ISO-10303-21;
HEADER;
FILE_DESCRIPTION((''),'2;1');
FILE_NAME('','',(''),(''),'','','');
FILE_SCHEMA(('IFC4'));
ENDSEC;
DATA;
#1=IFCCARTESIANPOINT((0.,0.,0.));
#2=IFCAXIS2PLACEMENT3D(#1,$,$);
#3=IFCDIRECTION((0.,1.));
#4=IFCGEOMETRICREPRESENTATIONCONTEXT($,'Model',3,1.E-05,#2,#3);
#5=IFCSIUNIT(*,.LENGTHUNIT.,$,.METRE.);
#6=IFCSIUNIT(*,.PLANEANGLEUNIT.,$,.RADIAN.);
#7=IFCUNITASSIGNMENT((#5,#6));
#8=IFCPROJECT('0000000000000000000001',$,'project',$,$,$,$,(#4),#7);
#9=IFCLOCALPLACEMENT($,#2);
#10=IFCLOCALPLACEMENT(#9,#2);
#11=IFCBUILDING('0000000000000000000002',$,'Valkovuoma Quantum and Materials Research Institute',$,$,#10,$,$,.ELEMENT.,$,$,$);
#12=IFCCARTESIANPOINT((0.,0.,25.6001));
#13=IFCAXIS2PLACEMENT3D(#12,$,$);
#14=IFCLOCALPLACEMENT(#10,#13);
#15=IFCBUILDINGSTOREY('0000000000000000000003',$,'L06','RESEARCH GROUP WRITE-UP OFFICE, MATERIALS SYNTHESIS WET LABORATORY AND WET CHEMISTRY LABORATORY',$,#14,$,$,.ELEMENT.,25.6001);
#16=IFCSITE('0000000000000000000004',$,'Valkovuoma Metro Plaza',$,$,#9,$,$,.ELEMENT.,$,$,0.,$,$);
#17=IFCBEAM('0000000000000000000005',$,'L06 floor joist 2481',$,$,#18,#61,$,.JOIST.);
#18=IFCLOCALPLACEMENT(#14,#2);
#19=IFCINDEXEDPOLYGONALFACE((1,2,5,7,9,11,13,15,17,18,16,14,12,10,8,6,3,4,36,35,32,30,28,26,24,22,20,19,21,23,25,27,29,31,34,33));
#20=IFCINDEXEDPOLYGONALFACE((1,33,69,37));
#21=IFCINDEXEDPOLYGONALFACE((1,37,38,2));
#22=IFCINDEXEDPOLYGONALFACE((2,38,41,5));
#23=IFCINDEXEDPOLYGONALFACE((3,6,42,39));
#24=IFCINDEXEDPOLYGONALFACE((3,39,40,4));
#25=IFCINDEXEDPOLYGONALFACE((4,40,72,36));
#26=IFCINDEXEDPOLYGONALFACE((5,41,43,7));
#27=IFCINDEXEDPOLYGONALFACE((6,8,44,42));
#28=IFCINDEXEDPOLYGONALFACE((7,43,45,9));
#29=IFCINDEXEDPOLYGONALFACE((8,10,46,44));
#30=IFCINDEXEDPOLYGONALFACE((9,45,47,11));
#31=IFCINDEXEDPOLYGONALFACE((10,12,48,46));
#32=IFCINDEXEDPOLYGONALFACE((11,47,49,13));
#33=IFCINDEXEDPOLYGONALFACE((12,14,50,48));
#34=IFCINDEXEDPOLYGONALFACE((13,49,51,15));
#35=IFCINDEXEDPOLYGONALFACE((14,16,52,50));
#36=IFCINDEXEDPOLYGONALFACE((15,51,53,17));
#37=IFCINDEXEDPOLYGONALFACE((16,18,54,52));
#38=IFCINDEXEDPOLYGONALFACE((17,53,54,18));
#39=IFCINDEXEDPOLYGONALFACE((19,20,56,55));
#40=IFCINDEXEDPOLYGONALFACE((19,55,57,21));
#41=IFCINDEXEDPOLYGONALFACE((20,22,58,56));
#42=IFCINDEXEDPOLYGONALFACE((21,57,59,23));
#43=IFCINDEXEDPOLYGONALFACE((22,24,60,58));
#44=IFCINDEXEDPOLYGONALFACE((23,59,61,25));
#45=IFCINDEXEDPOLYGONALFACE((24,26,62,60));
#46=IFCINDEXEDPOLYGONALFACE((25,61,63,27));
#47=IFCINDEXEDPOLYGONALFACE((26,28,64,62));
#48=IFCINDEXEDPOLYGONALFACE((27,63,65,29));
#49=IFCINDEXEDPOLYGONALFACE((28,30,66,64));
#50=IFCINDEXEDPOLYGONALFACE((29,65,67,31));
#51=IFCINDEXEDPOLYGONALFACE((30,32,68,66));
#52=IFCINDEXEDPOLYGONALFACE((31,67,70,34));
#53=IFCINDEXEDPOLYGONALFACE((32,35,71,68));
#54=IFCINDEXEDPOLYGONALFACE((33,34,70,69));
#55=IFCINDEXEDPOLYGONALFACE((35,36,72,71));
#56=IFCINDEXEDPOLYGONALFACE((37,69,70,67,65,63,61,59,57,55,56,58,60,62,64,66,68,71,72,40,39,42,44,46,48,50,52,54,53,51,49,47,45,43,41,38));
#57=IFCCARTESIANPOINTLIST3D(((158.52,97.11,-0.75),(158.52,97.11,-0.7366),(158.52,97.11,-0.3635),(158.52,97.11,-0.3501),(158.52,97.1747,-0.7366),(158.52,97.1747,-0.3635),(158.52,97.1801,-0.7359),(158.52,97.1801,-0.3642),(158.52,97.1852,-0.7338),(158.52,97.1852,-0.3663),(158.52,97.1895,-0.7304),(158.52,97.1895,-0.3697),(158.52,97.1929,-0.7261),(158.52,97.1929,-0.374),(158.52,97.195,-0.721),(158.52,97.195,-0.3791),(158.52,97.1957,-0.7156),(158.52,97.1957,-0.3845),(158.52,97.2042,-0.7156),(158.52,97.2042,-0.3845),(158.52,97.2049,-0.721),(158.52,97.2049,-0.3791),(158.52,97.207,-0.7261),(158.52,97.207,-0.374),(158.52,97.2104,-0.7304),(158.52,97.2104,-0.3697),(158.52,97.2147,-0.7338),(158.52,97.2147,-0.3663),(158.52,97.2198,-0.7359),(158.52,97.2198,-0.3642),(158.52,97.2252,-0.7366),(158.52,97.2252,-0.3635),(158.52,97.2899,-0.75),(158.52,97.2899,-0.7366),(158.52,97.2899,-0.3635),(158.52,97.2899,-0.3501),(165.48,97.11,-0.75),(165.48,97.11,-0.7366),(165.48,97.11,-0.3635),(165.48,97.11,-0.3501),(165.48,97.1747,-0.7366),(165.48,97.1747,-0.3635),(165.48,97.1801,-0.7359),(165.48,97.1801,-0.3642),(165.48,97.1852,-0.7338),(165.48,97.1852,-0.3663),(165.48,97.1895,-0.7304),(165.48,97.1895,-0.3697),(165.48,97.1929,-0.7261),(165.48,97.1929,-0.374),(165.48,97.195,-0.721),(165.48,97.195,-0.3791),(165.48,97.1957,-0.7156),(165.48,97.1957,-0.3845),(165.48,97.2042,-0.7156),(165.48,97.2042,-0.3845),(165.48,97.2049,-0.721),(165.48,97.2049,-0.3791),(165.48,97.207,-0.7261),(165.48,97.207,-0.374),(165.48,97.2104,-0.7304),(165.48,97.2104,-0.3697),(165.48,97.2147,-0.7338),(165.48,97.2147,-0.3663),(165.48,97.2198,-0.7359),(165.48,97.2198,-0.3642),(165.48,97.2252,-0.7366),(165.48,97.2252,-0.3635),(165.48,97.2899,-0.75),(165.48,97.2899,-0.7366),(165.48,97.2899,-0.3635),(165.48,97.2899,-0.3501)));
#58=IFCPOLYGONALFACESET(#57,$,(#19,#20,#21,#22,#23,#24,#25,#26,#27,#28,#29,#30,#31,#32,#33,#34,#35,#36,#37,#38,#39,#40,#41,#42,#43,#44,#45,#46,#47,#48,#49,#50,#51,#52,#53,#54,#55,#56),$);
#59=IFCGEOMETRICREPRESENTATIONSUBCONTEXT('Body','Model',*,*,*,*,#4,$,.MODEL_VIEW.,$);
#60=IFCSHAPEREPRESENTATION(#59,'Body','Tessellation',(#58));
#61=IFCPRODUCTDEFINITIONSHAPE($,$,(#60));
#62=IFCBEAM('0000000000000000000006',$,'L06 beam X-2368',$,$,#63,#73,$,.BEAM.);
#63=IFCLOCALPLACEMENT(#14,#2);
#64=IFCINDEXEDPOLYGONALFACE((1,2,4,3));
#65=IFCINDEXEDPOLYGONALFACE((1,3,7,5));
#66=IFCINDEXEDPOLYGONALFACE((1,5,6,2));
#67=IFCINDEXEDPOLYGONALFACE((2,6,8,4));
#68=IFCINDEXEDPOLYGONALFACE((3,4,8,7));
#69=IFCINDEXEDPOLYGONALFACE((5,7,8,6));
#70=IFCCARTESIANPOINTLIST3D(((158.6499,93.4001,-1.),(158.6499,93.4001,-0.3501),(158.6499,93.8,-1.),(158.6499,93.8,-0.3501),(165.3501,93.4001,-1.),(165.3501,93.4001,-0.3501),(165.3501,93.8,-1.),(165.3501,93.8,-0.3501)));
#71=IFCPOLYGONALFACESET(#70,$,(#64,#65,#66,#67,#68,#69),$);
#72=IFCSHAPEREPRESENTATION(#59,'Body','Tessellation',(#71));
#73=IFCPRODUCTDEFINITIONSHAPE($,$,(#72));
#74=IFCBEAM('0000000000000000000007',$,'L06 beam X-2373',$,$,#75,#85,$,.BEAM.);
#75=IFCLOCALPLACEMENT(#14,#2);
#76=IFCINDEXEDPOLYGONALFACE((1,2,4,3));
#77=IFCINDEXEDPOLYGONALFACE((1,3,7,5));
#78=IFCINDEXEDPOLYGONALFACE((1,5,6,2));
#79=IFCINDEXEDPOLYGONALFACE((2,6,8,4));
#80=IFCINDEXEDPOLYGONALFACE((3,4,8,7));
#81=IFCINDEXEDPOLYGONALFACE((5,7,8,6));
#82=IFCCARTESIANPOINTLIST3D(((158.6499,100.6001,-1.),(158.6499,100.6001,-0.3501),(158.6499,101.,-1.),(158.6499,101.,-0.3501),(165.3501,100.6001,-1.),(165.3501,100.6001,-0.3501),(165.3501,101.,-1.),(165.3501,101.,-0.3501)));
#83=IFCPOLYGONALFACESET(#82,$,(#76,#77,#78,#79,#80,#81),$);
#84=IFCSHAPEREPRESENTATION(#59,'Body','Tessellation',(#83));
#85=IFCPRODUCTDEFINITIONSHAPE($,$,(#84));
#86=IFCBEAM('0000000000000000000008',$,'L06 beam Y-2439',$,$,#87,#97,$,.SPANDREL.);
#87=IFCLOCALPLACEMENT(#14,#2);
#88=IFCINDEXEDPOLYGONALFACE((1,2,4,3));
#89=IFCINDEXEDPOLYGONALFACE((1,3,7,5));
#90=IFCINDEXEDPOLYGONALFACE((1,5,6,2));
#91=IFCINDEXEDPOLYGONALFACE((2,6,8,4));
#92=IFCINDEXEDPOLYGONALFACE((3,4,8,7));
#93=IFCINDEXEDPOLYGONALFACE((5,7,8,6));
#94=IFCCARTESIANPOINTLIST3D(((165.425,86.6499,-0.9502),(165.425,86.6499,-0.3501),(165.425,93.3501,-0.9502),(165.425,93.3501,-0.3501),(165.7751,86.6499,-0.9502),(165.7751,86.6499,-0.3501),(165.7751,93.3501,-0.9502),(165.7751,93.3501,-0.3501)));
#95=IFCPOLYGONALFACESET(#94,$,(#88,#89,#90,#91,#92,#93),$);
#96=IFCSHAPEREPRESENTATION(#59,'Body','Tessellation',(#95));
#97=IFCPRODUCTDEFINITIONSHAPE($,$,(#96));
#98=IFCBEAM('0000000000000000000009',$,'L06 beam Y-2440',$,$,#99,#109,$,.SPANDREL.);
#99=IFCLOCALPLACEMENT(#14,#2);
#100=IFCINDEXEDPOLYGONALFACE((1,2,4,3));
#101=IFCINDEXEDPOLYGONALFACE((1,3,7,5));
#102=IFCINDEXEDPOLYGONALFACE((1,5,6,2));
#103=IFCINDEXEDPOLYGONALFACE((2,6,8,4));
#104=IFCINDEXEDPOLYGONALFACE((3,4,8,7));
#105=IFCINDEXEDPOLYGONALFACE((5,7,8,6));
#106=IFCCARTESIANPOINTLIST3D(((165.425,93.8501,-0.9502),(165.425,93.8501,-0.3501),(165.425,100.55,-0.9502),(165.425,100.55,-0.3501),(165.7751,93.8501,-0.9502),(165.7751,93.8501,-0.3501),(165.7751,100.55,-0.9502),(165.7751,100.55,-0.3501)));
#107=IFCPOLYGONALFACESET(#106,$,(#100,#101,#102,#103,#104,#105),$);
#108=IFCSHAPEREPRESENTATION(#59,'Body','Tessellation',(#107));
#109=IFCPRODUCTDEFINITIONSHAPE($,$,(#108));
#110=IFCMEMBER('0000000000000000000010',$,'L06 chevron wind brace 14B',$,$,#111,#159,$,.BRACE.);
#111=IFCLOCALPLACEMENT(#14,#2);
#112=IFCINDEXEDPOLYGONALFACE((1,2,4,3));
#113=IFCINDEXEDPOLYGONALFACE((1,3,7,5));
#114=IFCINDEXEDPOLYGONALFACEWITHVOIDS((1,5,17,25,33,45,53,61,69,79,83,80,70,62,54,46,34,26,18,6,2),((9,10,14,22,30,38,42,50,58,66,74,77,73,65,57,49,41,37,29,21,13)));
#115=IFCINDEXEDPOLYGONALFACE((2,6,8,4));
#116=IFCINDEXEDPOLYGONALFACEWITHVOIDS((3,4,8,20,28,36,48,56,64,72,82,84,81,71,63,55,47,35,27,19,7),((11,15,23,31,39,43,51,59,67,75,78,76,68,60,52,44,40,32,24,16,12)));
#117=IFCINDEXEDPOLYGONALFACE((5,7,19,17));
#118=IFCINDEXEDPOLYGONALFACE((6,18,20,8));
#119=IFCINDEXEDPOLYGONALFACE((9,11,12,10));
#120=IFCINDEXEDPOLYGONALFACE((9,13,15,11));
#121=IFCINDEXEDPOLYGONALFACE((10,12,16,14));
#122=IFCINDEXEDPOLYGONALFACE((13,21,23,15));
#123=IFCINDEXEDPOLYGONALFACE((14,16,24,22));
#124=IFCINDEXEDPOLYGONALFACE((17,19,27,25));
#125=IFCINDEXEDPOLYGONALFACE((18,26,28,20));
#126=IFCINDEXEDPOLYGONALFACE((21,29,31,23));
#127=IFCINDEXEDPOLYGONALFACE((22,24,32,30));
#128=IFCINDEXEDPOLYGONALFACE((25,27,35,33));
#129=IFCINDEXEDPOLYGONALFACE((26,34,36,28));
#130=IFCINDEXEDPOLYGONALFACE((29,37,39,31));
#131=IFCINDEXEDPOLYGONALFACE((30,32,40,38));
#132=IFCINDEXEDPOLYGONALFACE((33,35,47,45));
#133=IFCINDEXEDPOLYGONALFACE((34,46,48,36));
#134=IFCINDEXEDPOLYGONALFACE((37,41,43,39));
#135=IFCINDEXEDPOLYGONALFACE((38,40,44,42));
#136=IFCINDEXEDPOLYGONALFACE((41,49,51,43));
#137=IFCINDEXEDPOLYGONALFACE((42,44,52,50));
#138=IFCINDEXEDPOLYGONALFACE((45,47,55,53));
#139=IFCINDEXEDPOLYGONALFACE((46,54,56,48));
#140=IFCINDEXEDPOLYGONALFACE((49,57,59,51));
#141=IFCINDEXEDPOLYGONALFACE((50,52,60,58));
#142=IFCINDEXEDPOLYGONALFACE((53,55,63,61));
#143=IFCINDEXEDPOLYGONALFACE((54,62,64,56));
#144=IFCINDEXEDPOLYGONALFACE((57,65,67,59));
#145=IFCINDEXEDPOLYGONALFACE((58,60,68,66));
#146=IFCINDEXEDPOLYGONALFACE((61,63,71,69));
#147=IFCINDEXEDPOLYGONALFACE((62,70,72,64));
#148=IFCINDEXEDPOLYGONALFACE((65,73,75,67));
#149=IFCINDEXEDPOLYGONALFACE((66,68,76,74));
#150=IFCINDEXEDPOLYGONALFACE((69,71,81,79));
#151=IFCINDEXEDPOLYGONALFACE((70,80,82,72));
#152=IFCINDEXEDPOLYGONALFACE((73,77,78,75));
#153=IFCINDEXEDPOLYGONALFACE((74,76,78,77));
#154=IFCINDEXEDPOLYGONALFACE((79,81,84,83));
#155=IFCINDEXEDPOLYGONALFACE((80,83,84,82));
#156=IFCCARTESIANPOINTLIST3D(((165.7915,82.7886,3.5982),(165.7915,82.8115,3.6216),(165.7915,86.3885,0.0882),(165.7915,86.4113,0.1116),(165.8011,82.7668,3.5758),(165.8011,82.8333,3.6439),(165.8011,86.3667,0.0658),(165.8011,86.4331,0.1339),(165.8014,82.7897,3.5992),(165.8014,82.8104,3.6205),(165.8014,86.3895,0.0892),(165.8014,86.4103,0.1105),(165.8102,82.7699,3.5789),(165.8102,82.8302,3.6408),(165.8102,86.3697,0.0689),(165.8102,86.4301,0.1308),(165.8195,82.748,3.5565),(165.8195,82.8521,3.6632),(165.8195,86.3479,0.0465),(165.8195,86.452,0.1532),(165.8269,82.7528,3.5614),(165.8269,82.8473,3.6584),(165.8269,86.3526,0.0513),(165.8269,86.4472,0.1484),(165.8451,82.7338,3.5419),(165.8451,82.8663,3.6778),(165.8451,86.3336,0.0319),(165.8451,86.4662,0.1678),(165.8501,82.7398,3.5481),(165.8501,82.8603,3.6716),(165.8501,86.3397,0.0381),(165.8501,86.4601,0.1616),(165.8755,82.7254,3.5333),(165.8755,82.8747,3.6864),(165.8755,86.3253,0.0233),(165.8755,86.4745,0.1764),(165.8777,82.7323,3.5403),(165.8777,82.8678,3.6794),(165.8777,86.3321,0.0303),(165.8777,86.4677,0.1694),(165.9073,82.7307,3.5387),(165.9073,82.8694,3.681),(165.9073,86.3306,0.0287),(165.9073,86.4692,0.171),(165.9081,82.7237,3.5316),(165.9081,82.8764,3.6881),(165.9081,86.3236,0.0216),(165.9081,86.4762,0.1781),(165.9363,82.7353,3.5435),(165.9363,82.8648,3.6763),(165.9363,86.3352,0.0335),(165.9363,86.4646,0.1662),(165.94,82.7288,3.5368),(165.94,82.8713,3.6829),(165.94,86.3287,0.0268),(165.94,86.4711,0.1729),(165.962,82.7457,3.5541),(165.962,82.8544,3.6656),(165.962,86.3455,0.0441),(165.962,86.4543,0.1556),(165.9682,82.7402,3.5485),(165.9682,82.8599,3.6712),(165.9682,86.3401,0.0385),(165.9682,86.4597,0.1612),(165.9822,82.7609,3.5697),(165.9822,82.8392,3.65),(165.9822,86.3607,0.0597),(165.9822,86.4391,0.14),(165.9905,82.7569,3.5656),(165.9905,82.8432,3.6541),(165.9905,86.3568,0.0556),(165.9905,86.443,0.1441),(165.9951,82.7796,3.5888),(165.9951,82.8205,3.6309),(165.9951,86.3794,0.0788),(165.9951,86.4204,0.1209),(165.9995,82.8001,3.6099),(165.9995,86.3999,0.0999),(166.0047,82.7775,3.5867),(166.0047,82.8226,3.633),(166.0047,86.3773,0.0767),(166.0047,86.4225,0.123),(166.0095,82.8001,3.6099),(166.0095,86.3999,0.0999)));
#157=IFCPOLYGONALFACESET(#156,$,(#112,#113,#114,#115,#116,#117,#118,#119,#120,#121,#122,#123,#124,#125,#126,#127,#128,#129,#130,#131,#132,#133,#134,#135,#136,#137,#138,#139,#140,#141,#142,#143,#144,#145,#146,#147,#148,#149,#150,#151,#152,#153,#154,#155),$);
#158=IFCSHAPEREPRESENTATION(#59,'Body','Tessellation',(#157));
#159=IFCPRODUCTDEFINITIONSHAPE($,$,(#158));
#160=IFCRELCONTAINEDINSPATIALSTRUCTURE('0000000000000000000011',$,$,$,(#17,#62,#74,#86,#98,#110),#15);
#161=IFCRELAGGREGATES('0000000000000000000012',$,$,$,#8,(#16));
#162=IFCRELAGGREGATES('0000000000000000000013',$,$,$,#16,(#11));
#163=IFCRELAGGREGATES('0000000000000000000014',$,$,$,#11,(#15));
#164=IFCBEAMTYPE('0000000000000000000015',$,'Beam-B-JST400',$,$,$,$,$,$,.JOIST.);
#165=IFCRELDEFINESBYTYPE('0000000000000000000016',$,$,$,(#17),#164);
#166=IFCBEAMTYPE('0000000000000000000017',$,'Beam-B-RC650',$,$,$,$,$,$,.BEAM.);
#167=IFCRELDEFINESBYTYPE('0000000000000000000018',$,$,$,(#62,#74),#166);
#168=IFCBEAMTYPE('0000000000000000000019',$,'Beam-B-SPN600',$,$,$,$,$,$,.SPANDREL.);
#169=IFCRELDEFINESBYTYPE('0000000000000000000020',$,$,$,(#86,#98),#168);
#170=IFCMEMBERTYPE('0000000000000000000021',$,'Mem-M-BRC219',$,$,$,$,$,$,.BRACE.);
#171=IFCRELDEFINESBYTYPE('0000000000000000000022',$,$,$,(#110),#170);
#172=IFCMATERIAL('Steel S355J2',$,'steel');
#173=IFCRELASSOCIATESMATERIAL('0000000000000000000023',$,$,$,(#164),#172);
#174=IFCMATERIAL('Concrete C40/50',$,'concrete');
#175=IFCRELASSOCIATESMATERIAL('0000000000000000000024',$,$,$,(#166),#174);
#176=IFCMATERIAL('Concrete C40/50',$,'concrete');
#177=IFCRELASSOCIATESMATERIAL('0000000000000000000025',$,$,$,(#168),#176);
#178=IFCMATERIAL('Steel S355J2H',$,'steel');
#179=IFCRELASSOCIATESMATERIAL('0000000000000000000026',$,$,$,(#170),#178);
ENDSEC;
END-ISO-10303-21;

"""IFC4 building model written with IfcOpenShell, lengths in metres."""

from ifc_helpers import new_model, si_unit, direction, frame, origin, origin_2d, place, context, subcontext, project, spatial, rectangle, hollow_circle, i_section, extrude, material, material_profile, profile_set, type_object, element, save


model = new_model("IFC4")

# Units and contexts
model_context = context("Model", 3, precision=1e-05, world=origin(), true_north=direction((0.0, 1.0)))
body_context = subcontext(model_context, "Body", "Model", "MODEL_VIEW")
ifc_project = project(units=[si_unit("LENGTHUNIT", "METRE"), si_unit("PLANEANGLEUNIT", "RADIAN")], contexts=[model_context])

# Site, building, storey
site_placement = place(None, origin())
site = spatial("IfcSite", under=ifc_project, at=site_placement, Name="Valkovuoma Metro Plaza", CompositionType="ELEMENT", RefElevation=0.0)
building_placement = place(site_placement, origin())
building = spatial("IfcBuilding", under=site, at=building_placement, Name="Valkovuoma Quantum and Materials Research Institute", CompositionType="ELEMENT")
storey_placement = place(building_placement, frame((0.0, 0.0, 25.6001)))
storey = spatial("IfcBuildingStorey", under=building, at=storey_placement, Name="L06", Description="RESEARCH GROUP WRITE-UP OFFICE, MATERIALS SYNTHESIS WET LABORATORY AND WET CHEMISTRY LABORATORY", CompositionType="ELEMENT", Elevation=25.6001)

# Beams
ifc_material_1 = material(Name="Steel S355J2", Category="steel")
ifc_material_profile_1 = material_profile(ifc_material_1, i_section(OverallWidth=0.1799, OverallDepth=0.3999, WebThickness=0.0085, FlangeThickness=0.0134, FilletRadius=0.021, at=origin_2d()), Name="Steel S355J2")
ifc_profile_set_1 = profile_set([ifc_material_profile_1], Name="Steel S355J2")
beam_type_1 = type_object("IfcBeamType", Name="Beam-B-JST400", PredefinedType="JOIST", material=ifc_profile_set_1)
for number, where, z_axis, x_axis, name in (
    (1, (158.52, 97.2, -0.55), (1.0, 0.0, 0.0), (0.0, 1.0, 0.0), "L06 floor joist 2481"),
):
    element("IfcBeam", number, at=place(storey_placement, frame(where, z_axis=z_axis, x_axis=x_axis)), inside=storey, type_object=beam_type_1, Name=name, PredefinedType="JOIST", context=body_context, shape_type="SweptSolid", body=[
        extrude(i_section(OverallWidth=0.1799, OverallDepth=0.3999, WebThickness=0.0085, FlangeThickness=0.0134, FilletRadius=0.021, at=origin_2d()), origin(), (0.0, 0.0, 1.0), 6.96),
    ])
ifc_material_2 = material(Name="Concrete C40/50", Category="concrete")
ifc_material_profile_2 = material_profile(ifc_material_2, rectangle(XDim=0.3999, YDim=0.6499, at=origin_2d()), Name="Concrete C40/50")
ifc_profile_set_2 = profile_set([ifc_material_profile_2], Name="Concrete C40/50")
beam_type_2 = type_object("IfcBeamType", Name="Beam-B-RC650", PredefinedType="BEAM", material=ifc_profile_set_2)
for number, where, z_axis, x_axis, name in (
    (2, (158.6499, 93.6001, -0.675), (1.0, 0.0, 0.0), (0.0, 1.0, 0.0), "L06 beam X-2368"),
    (3, (158.6499, 100.8, -0.675), (1.0, 0.0, 0.0), (0.0, 1.0, 0.0), "L06 beam X-2373"),
):
    element("IfcBeam", number, at=place(storey_placement, frame(where, z_axis=z_axis, x_axis=x_axis)), inside=storey, type_object=beam_type_2, Name=name, PredefinedType="BEAM", context=body_context, shape_type="SweptSolid", body=[
        extrude(rectangle(XDim=0.3999, YDim=0.6499, at=origin_2d()), origin(), (0.0, 0.0, 1.0), 6.7002),
    ])
ifc_material_3 = material(Name="Concrete C40/50", Category="concrete")
ifc_material_profile_3 = material_profile(ifc_material_3, rectangle(XDim=0.3501, YDim=0.6001, at=origin_2d()), Name="Concrete C40/50")
ifc_profile_set_3 = profile_set([ifc_material_profile_3], Name="Concrete C40/50")
beam_type_3 = type_object("IfcBeamType", Name="Beam-B-SPN600", PredefinedType="SPANDREL", material=ifc_profile_set_3)
beam_1_placement = place(storey_placement, frame((165.6001, 86.6499, -0.6501), z_axis=(0.0, 1.0, 0.0), x_axis=(-1.0, 0.0, 0.0)))
element("IfcBeam", 4, at=beam_1_placement, inside=storey, type_object=beam_type_3, Name="L06 beam Y-2439", PredefinedType="SPANDREL", context=body_context, shape_type="SweptSolid", body=[
    extrude(rectangle(XDim=0.3501, YDim=0.6001, at=origin_2d()), origin(), (0.0, 0.0, 1.0), 6.7002),
])
beam_2_placement = place(storey_placement, frame((165.6001, 93.8501, -0.6501), z_axis=(0.0, 1.0, 0.0), x_axis=(-1.0, 0.0, 0.0)))
element("IfcBeam", 5, at=beam_2_placement, inside=storey, type_object=beam_type_3, Name="L06 beam Y-2440", PredefinedType="SPANDREL", context=body_context, shape_type="SweptSolid", body=[
    extrude(rectangle(XDim=0.3501, YDim=0.6001, at=origin_2d()), origin(), (0.0, 0.0, 1.0), 6.7),
])

# Member
ifc_material_4 = material(Name="Steel S355J2H", Category="steel")
ifc_material_profile_4 = material_profile(ifc_material_4, hollow_circle(Radius=0.1096, WallThickness=0.01, at=origin_2d()), Name="Steel S355J2H")
ifc_profile_set_4 = profile_set([ifc_material_profile_4], Name="Steel S355J2H")
member_type = type_object("IfcMemberType", Name="Mem-M-BRC219", PredefinedType="BRACE", material=ifc_profile_set_4)
for number, where, z_axis, x_axis, name in (
    (6, (165.8999, 86.3999, 0.0999), (0.0, -0.715985, 0.698116), (1.0, 0.0, 0.0), "L06 chevron wind brace 14B"),
):
    element("IfcMember", number, at=place(storey_placement, frame(where, z_axis=z_axis, x_axis=x_axis)), inside=storey, type_object=member_type, Name=name, PredefinedType="BRACE", context=body_context, shape_type="SweptSolid", body=[
        extrude(hollow_circle(Radius=0.1096, WallThickness=0.01, at=origin_2d()), origin(), (0.0, 0.0, 1.0), 5.0278),
    ])

save(model, "model.ifc")
